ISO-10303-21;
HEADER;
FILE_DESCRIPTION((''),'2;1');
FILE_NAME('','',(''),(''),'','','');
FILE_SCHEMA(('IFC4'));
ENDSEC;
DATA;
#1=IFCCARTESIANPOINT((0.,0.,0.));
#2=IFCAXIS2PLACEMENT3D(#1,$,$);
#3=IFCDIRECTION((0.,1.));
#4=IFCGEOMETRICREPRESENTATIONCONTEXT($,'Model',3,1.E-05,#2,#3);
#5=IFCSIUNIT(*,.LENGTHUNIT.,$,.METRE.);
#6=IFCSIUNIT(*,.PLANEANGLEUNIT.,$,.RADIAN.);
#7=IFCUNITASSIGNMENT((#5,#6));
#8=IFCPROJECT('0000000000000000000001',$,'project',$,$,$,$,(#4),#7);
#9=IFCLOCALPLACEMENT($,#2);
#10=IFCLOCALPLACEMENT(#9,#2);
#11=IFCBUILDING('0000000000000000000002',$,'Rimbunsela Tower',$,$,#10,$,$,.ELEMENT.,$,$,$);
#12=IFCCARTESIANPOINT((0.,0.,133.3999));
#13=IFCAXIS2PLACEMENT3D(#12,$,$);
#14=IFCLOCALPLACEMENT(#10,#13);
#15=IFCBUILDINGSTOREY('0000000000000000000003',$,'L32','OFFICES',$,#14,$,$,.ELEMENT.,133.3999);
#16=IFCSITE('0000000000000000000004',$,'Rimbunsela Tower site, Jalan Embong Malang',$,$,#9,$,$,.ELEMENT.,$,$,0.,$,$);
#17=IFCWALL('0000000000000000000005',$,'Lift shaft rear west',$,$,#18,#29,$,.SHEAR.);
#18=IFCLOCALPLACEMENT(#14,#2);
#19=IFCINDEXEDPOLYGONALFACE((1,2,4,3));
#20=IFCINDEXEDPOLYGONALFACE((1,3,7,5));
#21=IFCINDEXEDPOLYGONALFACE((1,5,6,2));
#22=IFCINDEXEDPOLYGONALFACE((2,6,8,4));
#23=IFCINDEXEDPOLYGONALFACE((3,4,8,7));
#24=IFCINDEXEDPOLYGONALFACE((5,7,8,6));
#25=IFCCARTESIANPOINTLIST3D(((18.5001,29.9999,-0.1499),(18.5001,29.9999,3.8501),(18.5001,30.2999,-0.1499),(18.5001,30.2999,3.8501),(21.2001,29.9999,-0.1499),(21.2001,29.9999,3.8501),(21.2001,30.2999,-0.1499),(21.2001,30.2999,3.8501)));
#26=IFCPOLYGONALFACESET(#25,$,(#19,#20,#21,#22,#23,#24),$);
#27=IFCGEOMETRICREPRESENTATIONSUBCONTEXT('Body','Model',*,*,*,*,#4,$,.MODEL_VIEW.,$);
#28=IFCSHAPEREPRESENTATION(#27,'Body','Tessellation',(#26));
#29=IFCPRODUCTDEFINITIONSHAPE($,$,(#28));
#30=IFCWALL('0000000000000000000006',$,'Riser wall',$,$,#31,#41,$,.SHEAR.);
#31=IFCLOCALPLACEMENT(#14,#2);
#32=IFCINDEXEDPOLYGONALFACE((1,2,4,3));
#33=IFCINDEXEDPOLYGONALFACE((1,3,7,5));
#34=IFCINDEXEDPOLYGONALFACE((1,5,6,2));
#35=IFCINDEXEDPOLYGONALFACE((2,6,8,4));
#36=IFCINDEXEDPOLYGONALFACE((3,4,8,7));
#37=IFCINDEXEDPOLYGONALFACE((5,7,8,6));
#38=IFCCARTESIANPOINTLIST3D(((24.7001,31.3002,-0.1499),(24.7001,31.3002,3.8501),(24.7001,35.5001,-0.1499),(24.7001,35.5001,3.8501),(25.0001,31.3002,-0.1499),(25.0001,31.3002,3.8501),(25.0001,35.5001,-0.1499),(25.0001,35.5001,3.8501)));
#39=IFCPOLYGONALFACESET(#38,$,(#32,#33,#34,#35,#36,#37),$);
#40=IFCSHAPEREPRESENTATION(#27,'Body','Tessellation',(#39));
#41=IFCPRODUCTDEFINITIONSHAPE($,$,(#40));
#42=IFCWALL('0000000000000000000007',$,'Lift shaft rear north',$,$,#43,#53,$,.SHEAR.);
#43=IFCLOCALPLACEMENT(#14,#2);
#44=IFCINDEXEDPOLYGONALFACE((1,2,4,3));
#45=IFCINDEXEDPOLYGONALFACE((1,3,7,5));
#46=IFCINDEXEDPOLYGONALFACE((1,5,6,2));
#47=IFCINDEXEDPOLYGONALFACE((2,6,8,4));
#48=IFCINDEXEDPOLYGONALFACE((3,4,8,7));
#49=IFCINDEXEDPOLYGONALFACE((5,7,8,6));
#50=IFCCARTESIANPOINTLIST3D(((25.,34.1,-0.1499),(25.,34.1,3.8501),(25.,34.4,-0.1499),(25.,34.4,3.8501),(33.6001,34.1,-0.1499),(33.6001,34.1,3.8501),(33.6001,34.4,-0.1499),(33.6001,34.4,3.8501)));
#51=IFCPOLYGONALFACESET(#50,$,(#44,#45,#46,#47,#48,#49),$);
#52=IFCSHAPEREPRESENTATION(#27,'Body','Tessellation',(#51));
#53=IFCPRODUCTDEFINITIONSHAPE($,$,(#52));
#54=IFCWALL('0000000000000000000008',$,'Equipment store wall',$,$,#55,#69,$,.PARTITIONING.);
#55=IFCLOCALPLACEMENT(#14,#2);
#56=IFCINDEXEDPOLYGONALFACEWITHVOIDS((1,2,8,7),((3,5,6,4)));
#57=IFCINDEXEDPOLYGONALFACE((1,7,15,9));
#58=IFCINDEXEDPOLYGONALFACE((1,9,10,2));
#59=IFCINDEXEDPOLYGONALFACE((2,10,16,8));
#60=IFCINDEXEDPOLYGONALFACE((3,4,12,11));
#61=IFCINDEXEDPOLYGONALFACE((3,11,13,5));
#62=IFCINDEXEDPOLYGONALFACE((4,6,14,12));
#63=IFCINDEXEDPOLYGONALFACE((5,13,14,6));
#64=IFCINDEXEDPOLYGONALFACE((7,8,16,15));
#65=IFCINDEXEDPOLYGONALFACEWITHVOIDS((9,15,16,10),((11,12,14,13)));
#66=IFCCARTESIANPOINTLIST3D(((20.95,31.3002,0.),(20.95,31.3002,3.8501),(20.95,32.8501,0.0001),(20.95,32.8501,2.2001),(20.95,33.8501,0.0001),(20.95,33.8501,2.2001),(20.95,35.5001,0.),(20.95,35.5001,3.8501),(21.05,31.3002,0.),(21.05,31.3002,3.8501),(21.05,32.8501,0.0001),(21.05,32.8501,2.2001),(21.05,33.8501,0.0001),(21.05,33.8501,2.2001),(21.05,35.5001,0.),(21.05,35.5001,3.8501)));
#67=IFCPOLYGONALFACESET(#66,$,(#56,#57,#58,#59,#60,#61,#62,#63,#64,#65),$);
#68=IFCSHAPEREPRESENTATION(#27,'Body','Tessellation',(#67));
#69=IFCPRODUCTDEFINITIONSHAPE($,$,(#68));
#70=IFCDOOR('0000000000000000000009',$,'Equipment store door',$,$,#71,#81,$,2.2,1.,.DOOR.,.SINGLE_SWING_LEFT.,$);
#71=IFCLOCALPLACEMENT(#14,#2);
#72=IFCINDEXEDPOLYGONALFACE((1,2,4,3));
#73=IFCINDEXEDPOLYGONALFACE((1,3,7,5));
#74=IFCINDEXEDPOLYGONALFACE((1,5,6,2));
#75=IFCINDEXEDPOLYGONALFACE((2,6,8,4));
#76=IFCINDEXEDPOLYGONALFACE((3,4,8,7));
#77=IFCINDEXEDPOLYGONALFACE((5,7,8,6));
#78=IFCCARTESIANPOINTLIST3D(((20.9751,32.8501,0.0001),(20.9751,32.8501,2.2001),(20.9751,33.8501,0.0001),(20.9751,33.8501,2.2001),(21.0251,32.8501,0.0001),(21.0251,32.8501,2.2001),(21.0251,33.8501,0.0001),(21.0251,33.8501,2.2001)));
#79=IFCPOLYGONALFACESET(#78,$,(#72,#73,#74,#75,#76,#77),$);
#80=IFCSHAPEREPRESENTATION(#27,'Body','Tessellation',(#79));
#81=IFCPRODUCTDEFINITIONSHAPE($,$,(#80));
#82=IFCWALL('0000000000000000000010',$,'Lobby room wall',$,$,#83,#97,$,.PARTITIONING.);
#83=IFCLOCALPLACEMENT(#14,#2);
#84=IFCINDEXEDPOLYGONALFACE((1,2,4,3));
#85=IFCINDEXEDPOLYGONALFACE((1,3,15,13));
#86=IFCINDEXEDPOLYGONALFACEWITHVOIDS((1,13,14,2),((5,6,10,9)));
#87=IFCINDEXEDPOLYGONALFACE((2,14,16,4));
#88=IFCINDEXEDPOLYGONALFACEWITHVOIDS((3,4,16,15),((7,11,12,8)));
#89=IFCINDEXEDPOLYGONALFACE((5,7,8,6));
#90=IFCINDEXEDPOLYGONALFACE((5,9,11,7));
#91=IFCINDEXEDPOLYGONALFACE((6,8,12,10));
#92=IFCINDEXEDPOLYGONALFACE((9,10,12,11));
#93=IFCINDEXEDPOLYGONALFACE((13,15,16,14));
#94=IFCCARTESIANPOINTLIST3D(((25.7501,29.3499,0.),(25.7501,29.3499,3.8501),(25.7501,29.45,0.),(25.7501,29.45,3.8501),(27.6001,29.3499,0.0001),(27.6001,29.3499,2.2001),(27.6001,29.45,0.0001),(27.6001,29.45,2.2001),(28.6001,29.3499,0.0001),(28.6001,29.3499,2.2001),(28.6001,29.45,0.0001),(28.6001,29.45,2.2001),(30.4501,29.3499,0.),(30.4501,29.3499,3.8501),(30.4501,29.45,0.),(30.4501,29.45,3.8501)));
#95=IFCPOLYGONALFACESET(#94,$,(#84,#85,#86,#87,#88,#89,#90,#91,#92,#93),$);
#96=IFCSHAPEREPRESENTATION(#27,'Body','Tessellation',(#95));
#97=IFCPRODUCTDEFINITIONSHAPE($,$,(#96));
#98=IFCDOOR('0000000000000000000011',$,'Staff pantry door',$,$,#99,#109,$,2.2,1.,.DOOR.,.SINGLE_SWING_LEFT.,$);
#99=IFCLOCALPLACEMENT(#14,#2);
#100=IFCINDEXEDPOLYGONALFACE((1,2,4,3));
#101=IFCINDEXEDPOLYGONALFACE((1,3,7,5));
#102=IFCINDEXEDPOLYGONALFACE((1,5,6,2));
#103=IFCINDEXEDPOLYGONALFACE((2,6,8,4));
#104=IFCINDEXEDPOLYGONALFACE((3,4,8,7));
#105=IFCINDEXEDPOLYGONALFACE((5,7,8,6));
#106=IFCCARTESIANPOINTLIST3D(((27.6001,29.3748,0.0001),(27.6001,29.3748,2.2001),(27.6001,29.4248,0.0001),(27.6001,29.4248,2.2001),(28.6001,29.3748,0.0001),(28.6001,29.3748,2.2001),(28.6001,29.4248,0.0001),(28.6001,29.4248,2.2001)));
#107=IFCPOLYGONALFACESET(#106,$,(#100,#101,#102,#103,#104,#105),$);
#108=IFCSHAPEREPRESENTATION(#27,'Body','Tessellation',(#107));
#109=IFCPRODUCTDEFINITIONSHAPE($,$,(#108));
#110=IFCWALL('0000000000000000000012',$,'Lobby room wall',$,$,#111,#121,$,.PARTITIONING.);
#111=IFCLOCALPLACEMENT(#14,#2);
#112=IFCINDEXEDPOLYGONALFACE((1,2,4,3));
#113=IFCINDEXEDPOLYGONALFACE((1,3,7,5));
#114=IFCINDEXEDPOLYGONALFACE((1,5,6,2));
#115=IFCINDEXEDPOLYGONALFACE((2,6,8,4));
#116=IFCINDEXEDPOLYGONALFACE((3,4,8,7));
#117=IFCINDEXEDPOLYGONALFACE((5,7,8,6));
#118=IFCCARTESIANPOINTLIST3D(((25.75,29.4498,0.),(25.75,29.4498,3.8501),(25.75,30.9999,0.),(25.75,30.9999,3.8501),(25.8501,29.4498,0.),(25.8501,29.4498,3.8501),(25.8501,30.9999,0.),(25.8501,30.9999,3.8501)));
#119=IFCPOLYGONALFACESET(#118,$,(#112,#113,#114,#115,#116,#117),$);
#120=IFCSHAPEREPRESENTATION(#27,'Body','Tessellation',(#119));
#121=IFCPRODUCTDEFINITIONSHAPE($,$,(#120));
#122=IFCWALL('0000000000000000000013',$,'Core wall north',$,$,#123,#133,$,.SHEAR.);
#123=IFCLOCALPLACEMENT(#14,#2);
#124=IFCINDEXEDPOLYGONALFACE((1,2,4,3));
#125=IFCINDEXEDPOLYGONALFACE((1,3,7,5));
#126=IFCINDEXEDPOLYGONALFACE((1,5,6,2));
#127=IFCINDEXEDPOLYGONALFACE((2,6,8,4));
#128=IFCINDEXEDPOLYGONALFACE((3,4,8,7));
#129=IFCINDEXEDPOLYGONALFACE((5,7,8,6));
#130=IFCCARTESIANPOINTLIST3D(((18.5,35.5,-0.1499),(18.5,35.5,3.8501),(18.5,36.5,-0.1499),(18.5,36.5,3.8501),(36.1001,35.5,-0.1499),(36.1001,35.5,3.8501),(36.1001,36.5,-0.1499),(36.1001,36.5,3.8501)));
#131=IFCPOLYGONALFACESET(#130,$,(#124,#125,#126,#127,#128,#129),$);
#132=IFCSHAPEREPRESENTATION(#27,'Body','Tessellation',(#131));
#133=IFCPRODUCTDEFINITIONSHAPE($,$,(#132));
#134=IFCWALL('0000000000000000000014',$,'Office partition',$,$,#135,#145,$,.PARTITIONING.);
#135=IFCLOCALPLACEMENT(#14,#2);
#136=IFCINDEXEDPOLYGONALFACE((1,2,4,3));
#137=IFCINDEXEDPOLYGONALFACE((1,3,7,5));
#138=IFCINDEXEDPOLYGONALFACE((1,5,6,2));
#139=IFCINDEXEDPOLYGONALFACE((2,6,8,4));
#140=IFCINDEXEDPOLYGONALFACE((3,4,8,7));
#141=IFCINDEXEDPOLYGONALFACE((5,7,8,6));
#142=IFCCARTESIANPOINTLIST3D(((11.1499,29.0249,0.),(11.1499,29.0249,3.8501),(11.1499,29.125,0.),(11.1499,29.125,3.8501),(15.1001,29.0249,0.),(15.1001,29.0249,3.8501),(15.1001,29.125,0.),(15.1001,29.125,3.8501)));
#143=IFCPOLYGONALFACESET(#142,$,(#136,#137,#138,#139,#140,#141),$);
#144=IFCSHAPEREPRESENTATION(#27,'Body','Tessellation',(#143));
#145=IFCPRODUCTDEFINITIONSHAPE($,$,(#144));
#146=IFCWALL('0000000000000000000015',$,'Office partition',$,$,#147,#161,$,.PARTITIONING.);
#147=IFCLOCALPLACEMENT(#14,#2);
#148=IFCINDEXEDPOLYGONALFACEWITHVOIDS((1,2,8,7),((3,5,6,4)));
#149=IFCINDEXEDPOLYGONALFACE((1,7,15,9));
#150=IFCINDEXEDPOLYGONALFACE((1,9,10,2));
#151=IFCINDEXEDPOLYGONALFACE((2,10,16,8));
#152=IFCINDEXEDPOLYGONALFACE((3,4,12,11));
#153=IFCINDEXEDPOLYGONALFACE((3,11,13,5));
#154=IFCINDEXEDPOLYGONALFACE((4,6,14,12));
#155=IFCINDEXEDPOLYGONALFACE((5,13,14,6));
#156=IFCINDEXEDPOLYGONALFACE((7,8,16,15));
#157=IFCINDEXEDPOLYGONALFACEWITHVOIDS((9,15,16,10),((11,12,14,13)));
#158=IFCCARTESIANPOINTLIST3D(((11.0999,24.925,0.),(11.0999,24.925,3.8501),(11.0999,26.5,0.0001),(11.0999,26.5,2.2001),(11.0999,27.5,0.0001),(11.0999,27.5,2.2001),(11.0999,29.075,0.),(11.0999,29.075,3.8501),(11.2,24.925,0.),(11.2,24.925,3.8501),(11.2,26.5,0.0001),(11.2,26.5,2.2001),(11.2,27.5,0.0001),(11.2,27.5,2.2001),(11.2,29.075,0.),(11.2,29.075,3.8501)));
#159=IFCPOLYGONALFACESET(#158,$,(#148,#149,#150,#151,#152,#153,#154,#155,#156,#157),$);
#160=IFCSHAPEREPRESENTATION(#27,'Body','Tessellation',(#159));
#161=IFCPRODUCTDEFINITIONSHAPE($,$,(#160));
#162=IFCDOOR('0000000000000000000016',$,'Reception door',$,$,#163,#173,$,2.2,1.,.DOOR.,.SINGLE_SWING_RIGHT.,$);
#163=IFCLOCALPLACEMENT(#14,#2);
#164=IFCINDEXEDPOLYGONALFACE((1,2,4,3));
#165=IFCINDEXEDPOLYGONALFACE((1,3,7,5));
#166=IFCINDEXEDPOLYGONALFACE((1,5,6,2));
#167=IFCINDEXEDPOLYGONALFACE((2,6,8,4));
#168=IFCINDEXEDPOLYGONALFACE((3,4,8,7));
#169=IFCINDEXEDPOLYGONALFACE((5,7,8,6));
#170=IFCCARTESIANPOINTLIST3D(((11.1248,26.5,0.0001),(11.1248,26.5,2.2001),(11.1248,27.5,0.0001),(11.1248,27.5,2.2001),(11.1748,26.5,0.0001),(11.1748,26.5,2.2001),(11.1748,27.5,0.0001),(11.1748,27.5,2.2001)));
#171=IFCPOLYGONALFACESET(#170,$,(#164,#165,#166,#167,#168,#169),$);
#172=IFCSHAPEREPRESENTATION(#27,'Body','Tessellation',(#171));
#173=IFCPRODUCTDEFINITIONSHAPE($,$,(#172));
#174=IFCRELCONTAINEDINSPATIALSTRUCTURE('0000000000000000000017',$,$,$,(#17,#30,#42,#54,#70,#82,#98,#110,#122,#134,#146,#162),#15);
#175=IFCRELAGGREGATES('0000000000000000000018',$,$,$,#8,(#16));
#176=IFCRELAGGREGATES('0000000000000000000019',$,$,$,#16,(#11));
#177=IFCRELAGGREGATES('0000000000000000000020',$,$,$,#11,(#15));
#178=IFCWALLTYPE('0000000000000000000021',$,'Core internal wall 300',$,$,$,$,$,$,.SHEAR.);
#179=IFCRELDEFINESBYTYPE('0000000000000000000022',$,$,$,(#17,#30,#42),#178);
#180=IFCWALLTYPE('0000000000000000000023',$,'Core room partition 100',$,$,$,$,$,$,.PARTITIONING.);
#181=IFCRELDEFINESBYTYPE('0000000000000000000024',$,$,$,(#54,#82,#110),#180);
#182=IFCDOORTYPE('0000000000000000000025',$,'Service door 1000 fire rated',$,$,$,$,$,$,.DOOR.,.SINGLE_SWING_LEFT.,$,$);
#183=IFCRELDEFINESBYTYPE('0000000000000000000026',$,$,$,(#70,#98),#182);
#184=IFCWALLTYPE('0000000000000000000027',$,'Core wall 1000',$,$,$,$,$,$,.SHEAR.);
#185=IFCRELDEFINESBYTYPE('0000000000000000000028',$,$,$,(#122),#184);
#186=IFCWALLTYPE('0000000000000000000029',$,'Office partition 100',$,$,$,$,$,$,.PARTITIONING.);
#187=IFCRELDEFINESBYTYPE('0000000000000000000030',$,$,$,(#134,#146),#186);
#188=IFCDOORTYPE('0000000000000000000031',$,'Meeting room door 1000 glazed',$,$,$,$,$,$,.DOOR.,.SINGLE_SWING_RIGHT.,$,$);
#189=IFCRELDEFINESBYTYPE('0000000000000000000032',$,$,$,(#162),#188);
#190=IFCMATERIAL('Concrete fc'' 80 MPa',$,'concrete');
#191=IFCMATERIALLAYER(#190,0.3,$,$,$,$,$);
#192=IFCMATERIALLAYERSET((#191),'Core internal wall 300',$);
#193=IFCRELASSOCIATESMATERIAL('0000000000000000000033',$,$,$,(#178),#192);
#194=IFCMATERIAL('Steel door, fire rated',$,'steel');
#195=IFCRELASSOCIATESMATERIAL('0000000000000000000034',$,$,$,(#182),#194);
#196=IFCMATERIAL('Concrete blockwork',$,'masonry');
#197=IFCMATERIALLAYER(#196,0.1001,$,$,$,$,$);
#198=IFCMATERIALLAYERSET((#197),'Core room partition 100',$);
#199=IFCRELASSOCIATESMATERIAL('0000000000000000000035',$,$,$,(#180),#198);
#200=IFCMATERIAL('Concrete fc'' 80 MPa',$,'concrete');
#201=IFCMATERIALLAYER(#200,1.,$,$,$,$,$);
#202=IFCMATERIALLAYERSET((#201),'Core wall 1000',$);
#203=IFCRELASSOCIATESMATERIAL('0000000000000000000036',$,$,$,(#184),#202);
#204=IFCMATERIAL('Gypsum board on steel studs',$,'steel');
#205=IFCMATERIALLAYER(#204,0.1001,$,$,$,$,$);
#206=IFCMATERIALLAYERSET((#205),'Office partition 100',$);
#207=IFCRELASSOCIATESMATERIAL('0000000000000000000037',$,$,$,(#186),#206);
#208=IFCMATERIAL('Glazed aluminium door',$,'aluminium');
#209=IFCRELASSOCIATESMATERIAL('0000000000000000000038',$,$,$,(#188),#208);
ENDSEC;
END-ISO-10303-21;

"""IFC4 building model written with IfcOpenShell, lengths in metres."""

from ifc_helpers import new_model, si_unit, direction, frame, frame_2d, origin, place, context, subcontext, project, spatial, rectangle, extrude, material, layer, layer_set, type_object, element, fill, save


model = new_model("IFC4")

# Units and contexts
model_context = context("Model", 3, precision=1e-05, world=origin(), true_north=direction((0.0, 1.0)))
body_context = subcontext(model_context, "Body", "Model", "MODEL_VIEW")
ifc_project = project(units=[si_unit("LENGTHUNIT", "METRE"), si_unit("PLANEANGLEUNIT", "RADIAN")], contexts=[model_context])

# Site, building, storey
site_placement = place(None, origin())
site = spatial("IfcSite", under=ifc_project, at=site_placement, Name="Rimbunsela Tower site, Jalan Embong Malang", CompositionType="ELEMENT", RefElevation=0.0)
building_placement = place(site_placement, origin())
building = spatial("IfcBuilding", under=site, at=building_placement, Name="Rimbunsela Tower", CompositionType="ELEMENT")
storey_placement = place(building_placement, frame((0.0, 0.0, 133.3999)))
storey = spatial("IfcBuildingStorey", under=building, at=storey_placement, Name="L32", Description="OFFICES", CompositionType="ELEMENT", Elevation=133.3999)

# Shared definitions
ifc_material_1 = material(Name="Concrete fc' 80 MPa", Category="concrete")
ifc_layer_1 = layer(ifc_material_1, 0.3)
ifc_layer_set_1 = layer_set([ifc_layer_1], Name="Core internal wall 300")
wall_type_1 = type_object("IfcWallType", Name="Core internal wall 300", PredefinedType="SHEAR", material=ifc_layer_set_1)
ifc_material_2 = material(Name="Steel door, fire rated", Category="steel")
door_type_1 = type_object("IfcDoorType", Name="Service door 1000 fire rated", OperationType="SINGLE_SWING_LEFT", PredefinedType="DOOR", material=ifc_material_2)

# Walls
wall_1_placement = place(storey_placement, frame((18.5, 30.1499, -0.1499), z_axis=(0.0, 0.0, 1.0), x_axis=(1.0, 0.0, 0.0)))
element("IfcWall", 1, at=wall_1_placement, inside=storey, type_object=wall_type_1, Name="Lift shaft rear west", PredefinedType="SHEAR", context=body_context, shape_type="SweptSolid", body=[
    extrude(rectangle(XDim=2.7, YDim=0.3, at=frame_2d((1.3501, 0.0))), origin(), (0.0, 0.0, 1.0), 4.0),
])
wall_2_placement = place(storey_placement, frame((24.8501, 31.3, -0.1499), z_axis=(0.0, 0.0, 1.0), x_axis=(0.0, 1.0, 0.0)))
element("IfcWall", 2, at=wall_2_placement, inside=storey, type_object=wall_type_1, Name="Riser wall", PredefinedType="SHEAR", context=body_context, shape_type="SweptSolid", body=[
    extrude(rectangle(XDim=4.2, YDim=0.3, at=frame_2d((2.1001, 0.0))), origin(), (0.0, 0.0, 1.0), 4.0),
])
wall_3_placement = place(storey_placement, frame((25.0, 34.25, -0.1499), z_axis=(0.0, 0.0, 1.0), x_axis=(1.0, 0.0, 0.0)))
element("IfcWall", 3, at=wall_3_placement, inside=storey, type_object=wall_type_1, Name="Lift shaft rear north", PredefinedType="SHEAR", context=body_context, shape_type="SweptSolid", body=[
    extrude(rectangle(XDim=8.6001, YDim=0.3, at=frame_2d((4.3, 0.0))), origin(), (0.0, 0.0, 1.0), 4.0),
])

# Walls, openings, doors
ifc_material_3 = material(Name="Concrete blockwork", Category="masonry")
ifc_layer_2 = layer(ifc_material_3, 0.1001)
ifc_layer_set_2 = layer_set([ifc_layer_2], Name="Core room partition 100")
wall_type_2 = type_object("IfcWallType", Name="Core room partition 100", PredefinedType="PARTITIONING", material=ifc_layer_set_2)
wall_4_placement = place(storey_placement, frame((21.0, 31.3, 0.0), z_axis=(0.0, 0.0, 1.0), x_axis=(0.0, 1.0, 0.0)))
wall_4 = element("IfcWall", 4, at=wall_4_placement, inside=storey, type_object=wall_type_2, Name="Equipment store wall", PredefinedType="PARTITIONING", context=body_context, shape_type="SweptSolid", body=[
    extrude(rectangle(XDim=4.2, YDim=0.1001, at=frame_2d((2.1001, 0.0))), origin(), (0.0, 0.0, 1.0), 3.8501),
])
opening_1_placement = place(wall_4_placement, frame((1.55, 0.0, 0.0)))
opening_1 = element("IfcOpeningElement", 5, at=opening_1_placement, cuts=wall_4, PredefinedType="OPENING", context=body_context, shape_type="SweptSolid", body=[
    extrude(rectangle(XDim=1.0, YDim=2.2, at=frame_2d((0.5, 1.1001))), frame((0.0, 0.0601, 0.0), z_axis=(0.0, -1.0, 0.0), x_axis=(1.0, 0.0, 0.0)), (0.0, 0.0, 1.0), 0.1201),
])
door_1_placement = place(opening_1_placement, origin())
door_1 = element("IfcDoor", 6, at=door_1_placement, inside=storey, type_object=door_type_1, Name="Equipment store door", OperationType="SINGLE_SWING_LEFT", OverallHeight=2.2, OverallWidth=1.0, PredefinedType="DOOR", context=body_context, shape_type="SweptSolid", body=[
    extrude(rectangle(XDim=1.0, YDim=2.2, at=frame_2d((0.5, 1.1001))), frame((0.0, 0.0249, 0.0), z_axis=(0.0, -1.0, 0.0), x_axis=(1.0, 0.0, 0.0)), (0.0, 0.0, 1.0), 0.05),
])
fill(opening_1, door_1)
wall_5_placement = place(storey_placement, frame((25.75, 29.3999, 0.0), z_axis=(0.0, 0.0, 1.0), x_axis=(1.0, 0.0, 0.0)))
wall_5 = element("IfcWall", 7, at=wall_5_placement, inside=storey, type_object=wall_type_2, Name="Lobby room wall", PredefinedType="PARTITIONING", context=body_context, shape_type="SweptSolid", body=[
    extrude(rectangle(XDim=4.7, YDim=0.1001, at=frame_2d((2.3501, 0.0))), origin(), (0.0, 0.0, 1.0), 3.8501),
])
opening_2_placement = place(wall_5_placement, frame((1.8501, 0.0, 0.0)))
opening_2 = element("IfcOpeningElement", 8, at=opening_2_placement, cuts=wall_5, PredefinedType="OPENING", context=body_context, shape_type="SweptSolid", body=[
    extrude(rectangle(XDim=1.0, YDim=2.2, at=frame_2d((0.5, 1.1001))), frame((0.0, 0.0601, 0.0), z_axis=(0.0, -1.0, 0.0), x_axis=(1.0, 0.0, 0.0)), (0.0, 0.0, 1.0), 0.1201),
])
door_2_placement = place(opening_2_placement, origin())
door_2 = element("IfcDoor", 9, at=door_2_placement, inside=storey, type_object=door_type_1, Name="Staff pantry door", OperationType="SINGLE_SWING_LEFT", OverallHeight=2.2, OverallWidth=1.0, PredefinedType="DOOR", context=body_context, shape_type="SweptSolid", body=[
    extrude(rectangle(XDim=1.0, YDim=2.2, at=frame_2d((0.5, 1.1001))), frame((0.0, 0.0249, 0.0), z_axis=(0.0, -1.0, 0.0), x_axis=(1.0, 0.0, 0.0)), (0.0, 0.0, 1.0), 0.05),
])
fill(opening_2, door_2)

# Walls
wall_6_placement = place(storey_placement, frame((25.8, 29.45, 0.0), z_axis=(0.0, 0.0, 1.0), x_axis=(0.0, 1.0, 0.0)))
element("IfcWall", 10, at=wall_6_placement, inside=storey, type_object=wall_type_2, Name="Lobby room wall", PredefinedType="PARTITIONING", context=body_context, shape_type="SweptSolid", body=[
    extrude(rectangle(XDim=1.55, YDim=0.1001, at=frame_2d((0.7749, 0.0))), origin(), (0.0, 0.0, 1.0), 3.8501),
])
ifc_material_4 = material(Name="Concrete fc' 80 MPa", Category="concrete")
ifc_layer_3 = layer(ifc_material_4, 1.0)
ifc_layer_set_3 = layer_set([ifc_layer_3], Name="Core wall 1000")
wall_type_3 = type_object("IfcWallType", Name="Core wall 1000", PredefinedType="SHEAR", material=ifc_layer_set_3)
wall_7_placement = place(storey_placement, frame((18.5, 36.0, -0.1499), z_axis=(0.0, 0.0, 1.0), x_axis=(1.0, 0.0, 0.0)))
element("IfcWall", 11, at=wall_7_placement, inside=storey, type_object=wall_type_3, Name="Core wall north", PredefinedType="SHEAR", context=body_context, shape_type="SweptSolid", body=[
    extrude(rectangle(XDim=17.6001, YDim=1.0, at=frame_2d((8.8, 0.0))), origin(), (0.0, 0.0, 1.0), 4.0),
])
ifc_material_5 = material(Name="Gypsum board on steel studs", Category="steel")
ifc_layer_4 = layer(ifc_material_5, 0.1001)
ifc_layer_set_4 = layer_set([ifc_layer_4], Name="Office partition 100")
wall_type_4 = type_object("IfcWallType", Name="Office partition 100", PredefinedType="PARTITIONING", material=ifc_layer_set_4)
wall_8_placement = place(storey_placement, frame((15.1001, 29.075, 0.0), z_axis=(0.0, 0.0, 1.0), x_axis=(-1.0, 0.0, 0.0)))
element("IfcWall", 12, at=wall_8_placement, inside=storey, type_object=wall_type_4, Name="Office partition", PredefinedType="PARTITIONING", context=body_context, shape_type="SweptSolid", body=[
    extrude(rectangle(XDim=3.9502, YDim=0.1001, at=frame_2d((1.9751, 0.0))), origin(), (0.0, 0.0, 1.0), 3.8501),
])

# Wall, opening, door
wall_9_placement = place(storey_placement, frame((11.1499, 29.075, 0.0), z_axis=(0.0, 0.0, 1.0), x_axis=(0.0, -1.0, 0.0)))
wall_9 = element("IfcWall", 13, at=wall_9_placement, inside=storey, type_object=wall_type_4, Name="Office partition", PredefinedType="PARTITIONING", context=body_context, shape_type="SweptSolid", body=[
    extrude(rectangle(XDim=4.1499, YDim=0.1001, at=frame_2d((2.075, 0.0))), origin(), (0.0, 0.0, 1.0), 3.8501),
])
opening_3_placement = place(wall_9_placement, frame((1.575, 0.0, 0.0)))
opening_3 = element("IfcOpeningElement", 14, at=opening_3_placement, cuts=wall_9, PredefinedType="OPENING", context=body_context, shape_type="SweptSolid", body=[
    extrude(rectangle(XDim=1.0, YDim=2.2, at=frame_2d((0.5, 1.1001))), frame((0.0, 0.0601, 0.0), z_axis=(0.0, -1.0, 0.0), x_axis=(1.0, 0.0, 0.0)), (0.0, 0.0, 1.0), 0.1201),
])
ifc_material_6 = material(Name="Glazed aluminium door", Category="aluminium")
door_type_2 = type_object("IfcDoorType", Name="Meeting room door 1000 glazed", OperationType="SINGLE_SWING_RIGHT", PredefinedType="DOOR", material=ifc_material_6)
door_3_placement = place(opening_3_placement, origin())
door_3 = element("IfcDoor", 15, at=door_3_placement, inside=storey, type_object=door_type_2, Name="Reception door", OperationType="SINGLE_SWING_RIGHT", OverallHeight=2.2, OverallWidth=1.0, PredefinedType="DOOR", context=body_context, shape_type="SweptSolid", body=[
    extrude(rectangle(XDim=1.0, YDim=2.2, at=frame_2d((0.5, 1.1001))), frame((0.0, 0.0249, 0.0), z_axis=(0.0, -1.0, 0.0), x_axis=(1.0, 0.0, 0.0)), (0.0, 0.0, 1.0), 0.05),
])
fill(opening_3, door_3)

save(model, "model.ifc")
